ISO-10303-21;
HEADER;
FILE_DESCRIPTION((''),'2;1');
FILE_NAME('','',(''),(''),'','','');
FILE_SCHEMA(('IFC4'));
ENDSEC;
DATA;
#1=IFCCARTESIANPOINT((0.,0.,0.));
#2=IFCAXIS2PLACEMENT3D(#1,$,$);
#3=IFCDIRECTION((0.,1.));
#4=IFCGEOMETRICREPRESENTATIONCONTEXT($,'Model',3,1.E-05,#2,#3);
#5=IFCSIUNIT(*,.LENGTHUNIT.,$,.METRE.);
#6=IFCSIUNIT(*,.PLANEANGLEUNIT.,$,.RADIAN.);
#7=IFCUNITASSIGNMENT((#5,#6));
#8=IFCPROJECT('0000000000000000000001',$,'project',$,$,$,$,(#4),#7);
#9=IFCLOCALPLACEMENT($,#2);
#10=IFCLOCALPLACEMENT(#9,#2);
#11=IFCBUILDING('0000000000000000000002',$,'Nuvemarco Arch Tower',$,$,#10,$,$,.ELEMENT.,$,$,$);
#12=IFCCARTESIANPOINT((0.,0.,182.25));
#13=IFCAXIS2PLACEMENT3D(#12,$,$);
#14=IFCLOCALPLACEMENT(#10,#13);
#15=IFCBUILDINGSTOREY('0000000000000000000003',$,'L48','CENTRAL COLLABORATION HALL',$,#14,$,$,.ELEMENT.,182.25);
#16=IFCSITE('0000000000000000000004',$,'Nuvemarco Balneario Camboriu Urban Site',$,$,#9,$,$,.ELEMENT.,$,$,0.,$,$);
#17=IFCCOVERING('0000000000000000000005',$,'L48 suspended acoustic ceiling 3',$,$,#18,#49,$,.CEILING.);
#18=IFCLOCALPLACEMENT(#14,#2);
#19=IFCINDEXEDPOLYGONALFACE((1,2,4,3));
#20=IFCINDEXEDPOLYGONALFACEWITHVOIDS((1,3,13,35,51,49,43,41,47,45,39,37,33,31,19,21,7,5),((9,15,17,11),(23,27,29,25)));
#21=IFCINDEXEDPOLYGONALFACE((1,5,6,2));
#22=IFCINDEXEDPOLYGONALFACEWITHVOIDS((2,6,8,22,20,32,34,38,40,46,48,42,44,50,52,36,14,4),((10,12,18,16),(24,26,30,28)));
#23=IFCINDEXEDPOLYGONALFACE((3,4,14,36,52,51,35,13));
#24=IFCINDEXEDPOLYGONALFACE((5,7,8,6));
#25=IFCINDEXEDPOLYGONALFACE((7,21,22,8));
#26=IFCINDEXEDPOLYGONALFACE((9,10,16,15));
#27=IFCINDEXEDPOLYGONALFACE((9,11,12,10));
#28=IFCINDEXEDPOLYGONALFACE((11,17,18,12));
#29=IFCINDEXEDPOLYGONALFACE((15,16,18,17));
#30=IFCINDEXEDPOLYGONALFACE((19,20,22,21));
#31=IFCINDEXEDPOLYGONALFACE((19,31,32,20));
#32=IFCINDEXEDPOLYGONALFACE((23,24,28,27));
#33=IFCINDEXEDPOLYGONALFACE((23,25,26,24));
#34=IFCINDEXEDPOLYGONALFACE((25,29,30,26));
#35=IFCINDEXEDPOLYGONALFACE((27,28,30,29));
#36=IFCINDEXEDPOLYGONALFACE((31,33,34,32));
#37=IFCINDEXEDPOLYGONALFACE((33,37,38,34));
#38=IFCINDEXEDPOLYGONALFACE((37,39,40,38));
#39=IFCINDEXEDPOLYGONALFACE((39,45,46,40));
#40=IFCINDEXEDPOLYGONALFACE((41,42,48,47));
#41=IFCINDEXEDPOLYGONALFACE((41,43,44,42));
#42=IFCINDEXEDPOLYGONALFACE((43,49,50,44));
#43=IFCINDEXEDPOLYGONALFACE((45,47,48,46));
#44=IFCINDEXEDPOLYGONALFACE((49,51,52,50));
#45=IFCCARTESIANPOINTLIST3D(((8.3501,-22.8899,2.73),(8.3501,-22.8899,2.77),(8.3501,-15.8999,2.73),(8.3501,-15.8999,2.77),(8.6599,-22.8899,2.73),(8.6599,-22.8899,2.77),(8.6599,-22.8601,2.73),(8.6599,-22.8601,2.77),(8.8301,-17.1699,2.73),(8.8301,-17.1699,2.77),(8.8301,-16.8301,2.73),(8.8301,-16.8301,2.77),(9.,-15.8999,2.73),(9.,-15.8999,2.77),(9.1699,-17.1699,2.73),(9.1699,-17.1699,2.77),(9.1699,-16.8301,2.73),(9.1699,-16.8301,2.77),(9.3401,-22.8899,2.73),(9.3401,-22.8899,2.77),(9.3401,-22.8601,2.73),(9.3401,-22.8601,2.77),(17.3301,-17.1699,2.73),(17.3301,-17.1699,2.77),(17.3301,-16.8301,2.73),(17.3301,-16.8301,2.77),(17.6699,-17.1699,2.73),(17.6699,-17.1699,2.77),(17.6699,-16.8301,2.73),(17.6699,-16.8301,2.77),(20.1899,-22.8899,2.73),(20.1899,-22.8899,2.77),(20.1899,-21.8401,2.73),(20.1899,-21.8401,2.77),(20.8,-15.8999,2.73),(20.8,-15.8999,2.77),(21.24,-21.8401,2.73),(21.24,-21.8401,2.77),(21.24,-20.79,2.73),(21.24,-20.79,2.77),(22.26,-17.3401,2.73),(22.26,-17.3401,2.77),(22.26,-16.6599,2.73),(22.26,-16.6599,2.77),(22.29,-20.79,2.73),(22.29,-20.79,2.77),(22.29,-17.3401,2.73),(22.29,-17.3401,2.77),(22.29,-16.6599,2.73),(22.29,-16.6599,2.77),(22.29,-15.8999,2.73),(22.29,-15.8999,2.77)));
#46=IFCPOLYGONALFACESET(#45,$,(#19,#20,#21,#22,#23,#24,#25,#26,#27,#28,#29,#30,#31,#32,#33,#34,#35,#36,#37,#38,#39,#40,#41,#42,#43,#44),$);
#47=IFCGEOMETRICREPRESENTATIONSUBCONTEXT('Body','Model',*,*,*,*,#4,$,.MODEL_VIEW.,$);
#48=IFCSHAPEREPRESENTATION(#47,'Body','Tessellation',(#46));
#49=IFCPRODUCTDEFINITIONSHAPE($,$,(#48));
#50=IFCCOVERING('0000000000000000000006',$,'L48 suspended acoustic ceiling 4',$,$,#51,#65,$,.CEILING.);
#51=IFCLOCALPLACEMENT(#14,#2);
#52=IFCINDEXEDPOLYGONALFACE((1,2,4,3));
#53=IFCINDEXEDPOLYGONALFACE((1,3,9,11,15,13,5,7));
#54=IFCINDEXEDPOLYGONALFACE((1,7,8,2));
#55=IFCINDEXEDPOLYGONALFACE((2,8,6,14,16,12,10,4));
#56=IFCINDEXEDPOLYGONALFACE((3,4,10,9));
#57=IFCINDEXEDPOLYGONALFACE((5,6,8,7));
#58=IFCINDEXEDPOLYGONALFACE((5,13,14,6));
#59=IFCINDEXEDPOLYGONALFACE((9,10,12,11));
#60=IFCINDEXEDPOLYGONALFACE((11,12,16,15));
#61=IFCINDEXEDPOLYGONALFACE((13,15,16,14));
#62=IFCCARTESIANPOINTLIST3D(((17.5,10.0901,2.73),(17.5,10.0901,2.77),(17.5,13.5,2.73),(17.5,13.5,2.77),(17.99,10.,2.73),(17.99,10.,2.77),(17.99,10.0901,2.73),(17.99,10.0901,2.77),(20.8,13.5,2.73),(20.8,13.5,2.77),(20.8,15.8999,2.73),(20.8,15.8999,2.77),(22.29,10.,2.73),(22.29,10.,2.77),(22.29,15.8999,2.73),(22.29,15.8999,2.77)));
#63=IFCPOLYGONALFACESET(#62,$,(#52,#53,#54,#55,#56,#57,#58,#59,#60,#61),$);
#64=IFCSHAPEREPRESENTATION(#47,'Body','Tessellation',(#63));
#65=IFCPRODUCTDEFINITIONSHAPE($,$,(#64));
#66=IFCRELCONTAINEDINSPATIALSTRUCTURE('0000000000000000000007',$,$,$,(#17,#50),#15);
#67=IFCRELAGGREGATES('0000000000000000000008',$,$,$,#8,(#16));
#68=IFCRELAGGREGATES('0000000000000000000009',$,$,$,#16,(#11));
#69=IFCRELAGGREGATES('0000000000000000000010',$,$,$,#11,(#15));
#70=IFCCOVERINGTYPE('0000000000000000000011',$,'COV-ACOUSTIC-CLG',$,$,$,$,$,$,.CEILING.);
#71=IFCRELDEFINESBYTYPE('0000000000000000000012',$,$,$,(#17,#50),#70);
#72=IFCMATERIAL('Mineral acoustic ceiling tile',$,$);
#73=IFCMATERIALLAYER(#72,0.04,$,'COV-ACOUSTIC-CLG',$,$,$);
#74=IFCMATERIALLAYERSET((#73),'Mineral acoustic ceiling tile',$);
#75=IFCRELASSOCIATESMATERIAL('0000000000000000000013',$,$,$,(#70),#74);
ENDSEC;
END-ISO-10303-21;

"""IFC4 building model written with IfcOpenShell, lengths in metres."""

from ifc_helpers import new_model, si_unit, direction, frame, origin, place, context, subcontext, project, spatial, polyline, outline, extrude, material, layer, layer_set, type_object, element, save


model = new_model("IFC4")

# Units and contexts
model_context = context("Model", 3, precision=1e-05, world=origin(), true_north=direction((0.0, 1.0)))
body_context = subcontext(model_context, "Body", "Model", "MODEL_VIEW")
ifc_project = project(units=[si_unit("LENGTHUNIT", "METRE"), si_unit("PLANEANGLEUNIT", "RADIAN")], contexts=[model_context])

# Site, building, storey
site_placement = place(None, origin())
site = spatial("IfcSite", under=ifc_project, at=site_placement, Name="Nuvemarco Balneario Camboriu Urban Site", CompositionType="ELEMENT", RefElevation=0.0)
building_placement = place(site_placement, origin())
building = spatial("IfcBuilding", under=site, at=building_placement, Name="Nuvemarco Arch Tower", CompositionType="ELEMENT")
storey_placement = place(building_placement, frame((0.0, 0.0, 182.25)))
storey = spatial("IfcBuildingStorey", under=building, at=storey_placement, Name="L48", Description="CENTRAL COLLABORATION HALL", CompositionType="ELEMENT", Elevation=182.25)

# Coverings
ifc_material_1 = material(Name="Mineral acoustic ceiling tile")
ifc_layer_1 = layer(ifc_material_1, 0.04, Name="COV-ACOUSTIC-CLG")
ifc_layer_set_1 = layer_set([ifc_layer_1], Name="Mineral acoustic ceiling tile")
covering_type = type_object("IfcCoveringType", Name="COV-ACOUSTIC-CLG", PredefinedType="CEILING", material=ifc_layer_set_1)
covering_1_placement = place(storey_placement, frame((0.0, 0.0, 2.73)))
element("IfcCovering", 1, at=covering_1_placement, inside=storey, type_object=covering_type, Name="L48 suspended acoustic ceiling 3", PredefinedType="CEILING", context=body_context, shape_type="SweptSolid", body=[
    extrude(outline(polyline([(20.1899, -22.8899), (9.3401, -22.8899), (9.3401, -22.8601), (8.6599, -22.8601), (8.6599, -22.8899), (8.3501, -22.8899), (8.3501, -15.8999), (9.0, -15.8999), (20.8, -15.8999), (22.29, -15.8999), (22.29, -16.6599), (22.26, -16.6599), (22.26, -17.3401), (22.29, -17.3401), (22.29, -20.79), (21.24, -20.79), (21.24, -21.8401), (20.1899, -21.8401), (20.1899, -22.8899)]), holes=[polyline([(9.1699, -17.1699), (9.1699, -16.8301), (8.8301, -16.8301), (8.8301, -17.1699), (9.1699, -17.1699)]), polyline([(17.6699, -17.1699), (17.6699, -16.8301), (17.3301, -16.8301), (17.3301, -17.1699), (17.6699, -17.1699)])]), origin(), (0.0, 0.0, 1.0), 0.04),
])
covering_2_placement = place(storey_placement, frame((0.0, 0.0, 2.73)))
element("IfcCovering", 2, at=covering_2_placement, inside=storey, type_object=covering_type, Name="L48 suspended acoustic ceiling 4", PredefinedType="CEILING", context=body_context, shape_type="SweptSolid", body=[
    extrude(outline(polyline([(17.99, 10.0901), (17.5, 10.0901), (17.5, 13.5), (20.8, 13.5), (20.8, 15.8999), (22.29, 15.8999), (22.29, 10.0), (17.99, 10.0), (17.99, 10.0901)])), origin(), (0.0, 0.0, 1.0), 0.04),
])

save(model, "model.ifc")
